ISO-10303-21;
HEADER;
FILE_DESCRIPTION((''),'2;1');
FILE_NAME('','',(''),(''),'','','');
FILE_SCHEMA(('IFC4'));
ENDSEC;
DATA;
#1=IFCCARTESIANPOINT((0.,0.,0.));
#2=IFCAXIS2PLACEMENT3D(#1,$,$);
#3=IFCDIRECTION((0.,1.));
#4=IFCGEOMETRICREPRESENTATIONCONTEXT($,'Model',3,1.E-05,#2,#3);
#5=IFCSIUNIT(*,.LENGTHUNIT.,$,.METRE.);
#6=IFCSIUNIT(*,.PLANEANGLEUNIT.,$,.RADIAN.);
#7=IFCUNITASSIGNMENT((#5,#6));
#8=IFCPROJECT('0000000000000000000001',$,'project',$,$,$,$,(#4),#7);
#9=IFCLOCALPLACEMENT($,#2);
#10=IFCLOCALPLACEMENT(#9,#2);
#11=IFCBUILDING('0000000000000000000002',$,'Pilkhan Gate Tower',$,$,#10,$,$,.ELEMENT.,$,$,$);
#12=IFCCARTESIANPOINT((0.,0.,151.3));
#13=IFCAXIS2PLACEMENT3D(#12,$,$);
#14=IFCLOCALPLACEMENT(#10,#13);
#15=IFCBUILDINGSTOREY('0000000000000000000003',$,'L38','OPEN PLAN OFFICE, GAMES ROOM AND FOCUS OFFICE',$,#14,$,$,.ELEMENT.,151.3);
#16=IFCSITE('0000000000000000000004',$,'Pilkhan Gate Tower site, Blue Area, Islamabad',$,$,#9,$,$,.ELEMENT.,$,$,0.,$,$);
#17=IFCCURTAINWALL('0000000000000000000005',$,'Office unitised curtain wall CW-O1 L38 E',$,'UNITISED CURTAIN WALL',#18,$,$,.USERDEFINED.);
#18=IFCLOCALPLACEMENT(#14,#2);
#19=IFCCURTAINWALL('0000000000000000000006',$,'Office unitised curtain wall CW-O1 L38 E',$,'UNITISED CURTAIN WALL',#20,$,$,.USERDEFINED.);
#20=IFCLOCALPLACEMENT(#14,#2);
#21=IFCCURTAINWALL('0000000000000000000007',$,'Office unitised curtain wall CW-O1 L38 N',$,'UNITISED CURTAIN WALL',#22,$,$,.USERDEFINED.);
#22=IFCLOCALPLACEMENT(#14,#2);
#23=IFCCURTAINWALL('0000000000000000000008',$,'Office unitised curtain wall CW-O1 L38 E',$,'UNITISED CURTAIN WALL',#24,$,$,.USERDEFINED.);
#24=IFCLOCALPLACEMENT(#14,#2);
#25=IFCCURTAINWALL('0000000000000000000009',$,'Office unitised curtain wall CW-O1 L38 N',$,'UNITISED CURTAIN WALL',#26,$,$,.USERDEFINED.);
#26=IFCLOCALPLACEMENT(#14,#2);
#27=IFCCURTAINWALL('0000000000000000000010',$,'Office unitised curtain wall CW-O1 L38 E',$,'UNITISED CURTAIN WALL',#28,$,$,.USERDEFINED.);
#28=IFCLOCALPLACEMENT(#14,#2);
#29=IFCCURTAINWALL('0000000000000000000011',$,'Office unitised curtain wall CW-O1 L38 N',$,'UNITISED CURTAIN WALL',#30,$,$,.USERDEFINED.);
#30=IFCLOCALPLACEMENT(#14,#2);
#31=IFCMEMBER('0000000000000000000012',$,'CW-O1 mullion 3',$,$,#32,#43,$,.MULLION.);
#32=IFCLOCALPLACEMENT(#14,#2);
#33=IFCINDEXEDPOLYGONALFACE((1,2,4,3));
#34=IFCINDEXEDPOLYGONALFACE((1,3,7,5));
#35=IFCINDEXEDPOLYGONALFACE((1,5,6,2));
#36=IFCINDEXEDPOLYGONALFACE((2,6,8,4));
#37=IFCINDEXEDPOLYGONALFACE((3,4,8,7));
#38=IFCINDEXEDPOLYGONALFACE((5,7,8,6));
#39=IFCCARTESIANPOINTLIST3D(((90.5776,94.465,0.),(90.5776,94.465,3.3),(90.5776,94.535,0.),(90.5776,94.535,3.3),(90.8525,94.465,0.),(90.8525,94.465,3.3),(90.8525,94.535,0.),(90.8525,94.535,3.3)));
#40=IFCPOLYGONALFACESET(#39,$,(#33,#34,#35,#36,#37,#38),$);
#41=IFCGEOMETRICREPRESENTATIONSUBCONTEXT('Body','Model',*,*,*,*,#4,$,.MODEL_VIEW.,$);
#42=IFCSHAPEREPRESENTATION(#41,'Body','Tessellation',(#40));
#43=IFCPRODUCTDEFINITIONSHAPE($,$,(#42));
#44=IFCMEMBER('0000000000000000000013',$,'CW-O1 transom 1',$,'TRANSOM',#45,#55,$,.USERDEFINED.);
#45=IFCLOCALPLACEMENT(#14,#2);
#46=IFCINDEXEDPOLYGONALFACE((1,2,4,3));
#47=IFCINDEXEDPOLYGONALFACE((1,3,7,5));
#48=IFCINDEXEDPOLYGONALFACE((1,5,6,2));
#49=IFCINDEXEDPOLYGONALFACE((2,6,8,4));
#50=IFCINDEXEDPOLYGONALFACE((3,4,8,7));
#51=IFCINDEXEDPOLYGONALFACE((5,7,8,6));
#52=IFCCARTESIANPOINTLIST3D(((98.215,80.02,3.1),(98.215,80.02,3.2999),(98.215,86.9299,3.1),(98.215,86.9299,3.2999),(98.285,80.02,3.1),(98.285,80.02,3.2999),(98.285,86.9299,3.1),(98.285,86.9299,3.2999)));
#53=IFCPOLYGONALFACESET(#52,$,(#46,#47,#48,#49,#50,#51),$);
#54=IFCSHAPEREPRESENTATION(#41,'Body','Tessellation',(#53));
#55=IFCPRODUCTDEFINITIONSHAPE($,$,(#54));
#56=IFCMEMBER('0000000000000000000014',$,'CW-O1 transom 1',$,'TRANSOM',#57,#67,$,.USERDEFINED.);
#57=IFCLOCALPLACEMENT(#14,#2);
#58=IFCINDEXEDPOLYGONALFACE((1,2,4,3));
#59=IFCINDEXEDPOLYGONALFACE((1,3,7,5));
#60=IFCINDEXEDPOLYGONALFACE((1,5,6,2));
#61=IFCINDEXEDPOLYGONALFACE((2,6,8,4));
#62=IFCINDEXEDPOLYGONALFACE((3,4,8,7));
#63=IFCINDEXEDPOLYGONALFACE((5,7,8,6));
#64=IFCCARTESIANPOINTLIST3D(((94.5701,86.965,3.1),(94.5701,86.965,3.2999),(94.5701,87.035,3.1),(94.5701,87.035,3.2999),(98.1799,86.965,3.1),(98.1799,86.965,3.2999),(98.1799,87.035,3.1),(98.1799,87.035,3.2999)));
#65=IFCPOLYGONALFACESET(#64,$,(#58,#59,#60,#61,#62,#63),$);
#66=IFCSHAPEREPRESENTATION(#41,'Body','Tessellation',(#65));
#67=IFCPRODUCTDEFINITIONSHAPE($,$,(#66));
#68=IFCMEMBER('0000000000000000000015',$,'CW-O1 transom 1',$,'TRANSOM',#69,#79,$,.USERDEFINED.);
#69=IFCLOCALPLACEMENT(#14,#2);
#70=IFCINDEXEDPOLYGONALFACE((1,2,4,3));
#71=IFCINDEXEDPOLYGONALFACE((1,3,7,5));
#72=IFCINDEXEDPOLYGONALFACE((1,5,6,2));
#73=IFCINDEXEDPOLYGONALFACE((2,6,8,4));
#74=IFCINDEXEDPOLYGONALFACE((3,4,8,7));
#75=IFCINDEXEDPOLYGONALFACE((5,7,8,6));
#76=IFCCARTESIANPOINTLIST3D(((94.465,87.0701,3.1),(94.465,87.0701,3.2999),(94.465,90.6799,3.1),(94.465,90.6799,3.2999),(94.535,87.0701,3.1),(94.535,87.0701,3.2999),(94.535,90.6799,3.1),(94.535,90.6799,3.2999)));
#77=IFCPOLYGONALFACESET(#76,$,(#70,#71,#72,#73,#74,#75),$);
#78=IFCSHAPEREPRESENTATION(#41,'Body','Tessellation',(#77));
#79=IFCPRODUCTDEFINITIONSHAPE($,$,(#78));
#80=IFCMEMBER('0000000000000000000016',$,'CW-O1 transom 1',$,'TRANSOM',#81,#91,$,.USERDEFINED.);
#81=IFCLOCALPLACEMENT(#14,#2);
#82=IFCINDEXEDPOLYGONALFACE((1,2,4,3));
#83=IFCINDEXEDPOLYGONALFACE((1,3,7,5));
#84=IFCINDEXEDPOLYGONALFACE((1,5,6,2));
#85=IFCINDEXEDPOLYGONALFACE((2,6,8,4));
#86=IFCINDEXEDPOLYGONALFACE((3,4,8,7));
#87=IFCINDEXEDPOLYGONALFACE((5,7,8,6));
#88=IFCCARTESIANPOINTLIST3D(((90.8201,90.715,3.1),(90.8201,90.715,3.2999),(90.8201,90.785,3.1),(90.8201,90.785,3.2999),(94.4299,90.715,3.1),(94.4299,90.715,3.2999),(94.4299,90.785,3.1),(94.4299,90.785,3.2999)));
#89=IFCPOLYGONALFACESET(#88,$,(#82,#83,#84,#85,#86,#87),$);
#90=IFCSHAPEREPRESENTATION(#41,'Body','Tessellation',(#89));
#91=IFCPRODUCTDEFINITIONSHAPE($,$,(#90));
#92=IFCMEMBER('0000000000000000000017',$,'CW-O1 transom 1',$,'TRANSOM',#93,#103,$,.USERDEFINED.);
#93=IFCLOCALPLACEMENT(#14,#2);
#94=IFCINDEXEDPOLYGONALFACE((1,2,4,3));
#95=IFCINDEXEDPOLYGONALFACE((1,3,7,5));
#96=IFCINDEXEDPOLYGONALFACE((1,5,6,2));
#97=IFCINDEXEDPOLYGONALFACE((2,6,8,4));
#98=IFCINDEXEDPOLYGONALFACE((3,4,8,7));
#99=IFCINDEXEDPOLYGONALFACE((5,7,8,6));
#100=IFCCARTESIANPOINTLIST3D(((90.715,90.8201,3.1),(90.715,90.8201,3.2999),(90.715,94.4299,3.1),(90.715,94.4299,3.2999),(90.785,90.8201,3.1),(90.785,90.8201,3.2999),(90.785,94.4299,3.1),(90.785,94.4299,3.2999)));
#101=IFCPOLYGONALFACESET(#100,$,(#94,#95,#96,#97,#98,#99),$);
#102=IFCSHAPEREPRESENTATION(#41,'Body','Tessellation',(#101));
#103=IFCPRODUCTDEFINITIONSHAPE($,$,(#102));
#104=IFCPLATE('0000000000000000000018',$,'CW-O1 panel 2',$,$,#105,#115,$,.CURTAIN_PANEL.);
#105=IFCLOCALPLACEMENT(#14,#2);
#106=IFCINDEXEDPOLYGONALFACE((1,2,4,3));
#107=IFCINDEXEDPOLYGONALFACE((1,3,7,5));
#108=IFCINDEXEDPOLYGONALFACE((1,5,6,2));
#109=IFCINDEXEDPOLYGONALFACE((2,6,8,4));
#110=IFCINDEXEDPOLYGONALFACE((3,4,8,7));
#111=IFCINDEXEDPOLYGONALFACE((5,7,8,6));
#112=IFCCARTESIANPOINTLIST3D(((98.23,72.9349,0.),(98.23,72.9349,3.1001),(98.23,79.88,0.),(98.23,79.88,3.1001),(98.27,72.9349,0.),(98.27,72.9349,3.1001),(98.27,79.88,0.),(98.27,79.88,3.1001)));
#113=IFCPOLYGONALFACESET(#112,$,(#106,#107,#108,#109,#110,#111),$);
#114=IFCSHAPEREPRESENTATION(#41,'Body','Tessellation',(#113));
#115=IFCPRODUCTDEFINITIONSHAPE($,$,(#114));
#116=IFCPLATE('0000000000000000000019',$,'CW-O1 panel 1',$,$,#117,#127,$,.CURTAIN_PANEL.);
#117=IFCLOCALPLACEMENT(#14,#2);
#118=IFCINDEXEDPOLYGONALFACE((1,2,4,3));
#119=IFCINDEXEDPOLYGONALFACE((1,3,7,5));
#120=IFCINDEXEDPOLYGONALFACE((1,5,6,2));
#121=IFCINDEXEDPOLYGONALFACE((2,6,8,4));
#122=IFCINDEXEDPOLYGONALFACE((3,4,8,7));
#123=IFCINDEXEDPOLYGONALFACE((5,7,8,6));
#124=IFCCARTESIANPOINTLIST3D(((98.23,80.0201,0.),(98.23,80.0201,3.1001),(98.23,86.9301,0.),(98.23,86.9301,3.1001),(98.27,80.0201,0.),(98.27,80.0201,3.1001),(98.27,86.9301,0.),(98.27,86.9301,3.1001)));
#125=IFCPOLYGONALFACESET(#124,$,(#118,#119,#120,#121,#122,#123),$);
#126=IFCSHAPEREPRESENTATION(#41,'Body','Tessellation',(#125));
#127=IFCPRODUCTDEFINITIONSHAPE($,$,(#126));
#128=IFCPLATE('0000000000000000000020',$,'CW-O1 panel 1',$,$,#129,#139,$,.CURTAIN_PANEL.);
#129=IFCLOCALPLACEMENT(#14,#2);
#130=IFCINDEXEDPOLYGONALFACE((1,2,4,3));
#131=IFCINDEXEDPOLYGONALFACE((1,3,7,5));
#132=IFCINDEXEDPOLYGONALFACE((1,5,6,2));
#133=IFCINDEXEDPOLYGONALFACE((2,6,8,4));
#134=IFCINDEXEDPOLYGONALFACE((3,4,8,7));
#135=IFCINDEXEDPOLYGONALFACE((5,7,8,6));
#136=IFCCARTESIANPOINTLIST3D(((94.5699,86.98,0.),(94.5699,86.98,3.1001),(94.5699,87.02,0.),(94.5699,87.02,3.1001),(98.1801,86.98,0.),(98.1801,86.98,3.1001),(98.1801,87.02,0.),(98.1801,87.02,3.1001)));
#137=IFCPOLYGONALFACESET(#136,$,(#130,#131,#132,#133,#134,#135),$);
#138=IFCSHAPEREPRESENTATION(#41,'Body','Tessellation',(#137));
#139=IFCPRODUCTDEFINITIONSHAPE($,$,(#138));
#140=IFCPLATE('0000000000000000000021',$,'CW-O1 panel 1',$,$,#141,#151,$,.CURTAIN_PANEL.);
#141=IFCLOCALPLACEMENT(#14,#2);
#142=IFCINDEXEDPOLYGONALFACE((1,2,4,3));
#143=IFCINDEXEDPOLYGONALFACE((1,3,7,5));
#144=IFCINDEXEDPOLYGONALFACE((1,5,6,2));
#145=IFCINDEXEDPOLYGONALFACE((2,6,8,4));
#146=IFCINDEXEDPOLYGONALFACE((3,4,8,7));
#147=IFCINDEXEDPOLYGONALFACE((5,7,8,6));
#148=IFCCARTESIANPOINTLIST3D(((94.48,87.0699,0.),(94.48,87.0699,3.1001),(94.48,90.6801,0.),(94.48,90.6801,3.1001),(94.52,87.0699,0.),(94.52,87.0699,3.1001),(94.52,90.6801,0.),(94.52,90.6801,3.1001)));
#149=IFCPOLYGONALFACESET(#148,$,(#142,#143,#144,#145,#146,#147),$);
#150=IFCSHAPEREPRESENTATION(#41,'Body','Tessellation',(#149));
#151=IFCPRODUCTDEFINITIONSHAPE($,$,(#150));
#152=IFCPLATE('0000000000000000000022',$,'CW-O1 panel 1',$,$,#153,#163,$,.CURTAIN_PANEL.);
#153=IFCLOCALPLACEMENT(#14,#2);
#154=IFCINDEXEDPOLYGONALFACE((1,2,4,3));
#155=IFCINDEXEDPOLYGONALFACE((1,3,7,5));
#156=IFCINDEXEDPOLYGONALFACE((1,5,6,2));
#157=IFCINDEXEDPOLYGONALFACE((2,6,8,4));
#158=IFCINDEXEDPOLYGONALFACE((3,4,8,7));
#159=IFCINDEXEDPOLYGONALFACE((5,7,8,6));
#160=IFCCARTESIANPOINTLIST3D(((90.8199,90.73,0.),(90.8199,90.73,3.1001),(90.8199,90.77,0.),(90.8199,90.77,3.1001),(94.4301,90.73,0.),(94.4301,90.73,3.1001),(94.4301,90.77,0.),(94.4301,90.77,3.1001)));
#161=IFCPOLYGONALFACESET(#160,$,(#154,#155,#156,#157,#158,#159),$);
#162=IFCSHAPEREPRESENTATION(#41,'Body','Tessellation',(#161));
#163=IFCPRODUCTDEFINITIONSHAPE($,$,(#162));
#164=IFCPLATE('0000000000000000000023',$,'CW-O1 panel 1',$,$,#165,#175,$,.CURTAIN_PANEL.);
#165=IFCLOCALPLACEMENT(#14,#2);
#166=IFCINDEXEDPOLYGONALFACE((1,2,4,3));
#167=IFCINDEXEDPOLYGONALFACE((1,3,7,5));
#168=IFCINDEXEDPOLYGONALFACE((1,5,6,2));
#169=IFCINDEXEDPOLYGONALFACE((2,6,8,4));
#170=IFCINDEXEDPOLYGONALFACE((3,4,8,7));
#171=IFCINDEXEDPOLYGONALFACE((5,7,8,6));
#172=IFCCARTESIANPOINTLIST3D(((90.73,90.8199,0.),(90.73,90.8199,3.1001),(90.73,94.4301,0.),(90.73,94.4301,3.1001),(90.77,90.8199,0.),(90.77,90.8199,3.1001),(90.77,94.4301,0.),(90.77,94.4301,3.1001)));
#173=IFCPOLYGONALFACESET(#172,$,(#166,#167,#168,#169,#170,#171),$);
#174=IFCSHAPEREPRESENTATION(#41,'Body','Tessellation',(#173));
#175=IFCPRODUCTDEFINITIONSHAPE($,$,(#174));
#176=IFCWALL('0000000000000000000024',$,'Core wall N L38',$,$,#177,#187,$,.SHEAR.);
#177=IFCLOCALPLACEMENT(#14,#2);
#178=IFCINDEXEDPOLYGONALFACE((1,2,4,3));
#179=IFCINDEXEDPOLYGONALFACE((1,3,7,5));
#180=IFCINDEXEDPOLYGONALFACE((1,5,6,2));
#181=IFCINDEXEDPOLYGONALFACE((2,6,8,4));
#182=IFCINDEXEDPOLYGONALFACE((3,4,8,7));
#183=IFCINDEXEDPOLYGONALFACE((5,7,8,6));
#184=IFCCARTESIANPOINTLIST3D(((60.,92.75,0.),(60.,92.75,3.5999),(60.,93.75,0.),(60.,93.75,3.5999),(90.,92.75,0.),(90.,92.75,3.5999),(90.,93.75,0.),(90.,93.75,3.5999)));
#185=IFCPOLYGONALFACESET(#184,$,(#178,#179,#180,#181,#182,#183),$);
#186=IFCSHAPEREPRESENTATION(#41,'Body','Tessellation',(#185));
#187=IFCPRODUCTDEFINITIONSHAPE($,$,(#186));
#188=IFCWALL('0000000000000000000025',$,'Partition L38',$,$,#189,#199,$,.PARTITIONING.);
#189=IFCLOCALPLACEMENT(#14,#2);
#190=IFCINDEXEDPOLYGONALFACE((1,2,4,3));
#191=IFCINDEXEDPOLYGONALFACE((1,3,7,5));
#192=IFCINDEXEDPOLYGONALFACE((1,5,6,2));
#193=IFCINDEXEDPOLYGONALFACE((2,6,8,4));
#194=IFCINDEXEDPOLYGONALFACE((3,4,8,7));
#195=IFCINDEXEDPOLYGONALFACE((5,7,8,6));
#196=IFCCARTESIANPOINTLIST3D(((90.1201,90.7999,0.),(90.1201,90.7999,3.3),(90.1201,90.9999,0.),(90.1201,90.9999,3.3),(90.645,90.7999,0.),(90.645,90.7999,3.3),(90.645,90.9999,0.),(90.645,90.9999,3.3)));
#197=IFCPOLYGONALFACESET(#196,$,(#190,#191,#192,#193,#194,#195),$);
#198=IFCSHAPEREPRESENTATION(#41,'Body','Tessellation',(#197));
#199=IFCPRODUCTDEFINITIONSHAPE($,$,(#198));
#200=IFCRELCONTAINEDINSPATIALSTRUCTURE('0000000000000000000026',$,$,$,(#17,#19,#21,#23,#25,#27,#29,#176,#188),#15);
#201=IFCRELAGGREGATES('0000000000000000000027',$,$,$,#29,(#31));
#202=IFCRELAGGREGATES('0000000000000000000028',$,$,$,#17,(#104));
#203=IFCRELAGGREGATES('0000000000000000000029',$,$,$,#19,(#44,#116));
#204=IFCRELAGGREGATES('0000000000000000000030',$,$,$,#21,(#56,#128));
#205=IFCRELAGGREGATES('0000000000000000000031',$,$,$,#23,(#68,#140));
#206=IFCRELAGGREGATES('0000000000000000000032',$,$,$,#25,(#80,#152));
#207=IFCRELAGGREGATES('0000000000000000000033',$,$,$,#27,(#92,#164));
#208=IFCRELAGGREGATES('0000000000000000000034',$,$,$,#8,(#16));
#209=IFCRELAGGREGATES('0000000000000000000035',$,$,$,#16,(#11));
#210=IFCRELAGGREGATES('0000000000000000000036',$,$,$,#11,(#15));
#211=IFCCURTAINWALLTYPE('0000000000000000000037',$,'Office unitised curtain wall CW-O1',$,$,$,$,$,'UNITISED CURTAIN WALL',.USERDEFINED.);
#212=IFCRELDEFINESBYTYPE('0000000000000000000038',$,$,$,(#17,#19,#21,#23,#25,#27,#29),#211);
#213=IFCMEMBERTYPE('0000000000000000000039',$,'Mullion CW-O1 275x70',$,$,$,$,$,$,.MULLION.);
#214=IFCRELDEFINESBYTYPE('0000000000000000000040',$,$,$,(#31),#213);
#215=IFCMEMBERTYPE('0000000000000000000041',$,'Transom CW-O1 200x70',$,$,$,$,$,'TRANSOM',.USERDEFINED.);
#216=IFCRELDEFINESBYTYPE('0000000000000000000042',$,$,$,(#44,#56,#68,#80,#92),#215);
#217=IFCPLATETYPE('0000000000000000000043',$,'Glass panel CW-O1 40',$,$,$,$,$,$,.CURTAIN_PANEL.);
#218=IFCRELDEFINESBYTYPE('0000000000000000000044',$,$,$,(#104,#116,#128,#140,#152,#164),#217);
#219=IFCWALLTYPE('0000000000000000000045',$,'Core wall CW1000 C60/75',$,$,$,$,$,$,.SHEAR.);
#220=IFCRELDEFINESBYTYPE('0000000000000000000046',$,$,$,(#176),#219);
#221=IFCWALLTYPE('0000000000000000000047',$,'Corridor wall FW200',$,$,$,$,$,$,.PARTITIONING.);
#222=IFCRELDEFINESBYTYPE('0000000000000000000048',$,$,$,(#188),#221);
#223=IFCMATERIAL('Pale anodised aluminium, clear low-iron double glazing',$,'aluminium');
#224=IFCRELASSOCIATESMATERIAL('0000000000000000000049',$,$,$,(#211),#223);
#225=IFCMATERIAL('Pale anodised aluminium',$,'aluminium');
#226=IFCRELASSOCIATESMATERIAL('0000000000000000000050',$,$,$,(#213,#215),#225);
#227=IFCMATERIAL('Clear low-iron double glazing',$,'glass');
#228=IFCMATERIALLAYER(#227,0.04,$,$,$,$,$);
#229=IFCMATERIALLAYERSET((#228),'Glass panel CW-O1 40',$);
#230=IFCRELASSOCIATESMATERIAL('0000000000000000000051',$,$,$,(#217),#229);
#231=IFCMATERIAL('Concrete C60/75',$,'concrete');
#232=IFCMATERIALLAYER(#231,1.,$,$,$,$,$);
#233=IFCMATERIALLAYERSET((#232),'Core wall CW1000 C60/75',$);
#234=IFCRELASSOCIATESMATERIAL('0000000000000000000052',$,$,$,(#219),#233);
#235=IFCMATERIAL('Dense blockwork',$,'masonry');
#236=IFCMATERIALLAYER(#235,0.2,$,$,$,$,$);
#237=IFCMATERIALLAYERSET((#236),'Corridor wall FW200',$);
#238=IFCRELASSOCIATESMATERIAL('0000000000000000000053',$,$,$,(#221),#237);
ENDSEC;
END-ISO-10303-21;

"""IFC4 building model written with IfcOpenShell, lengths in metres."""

from ifc_helpers import new_model, si_unit, direction, frame, frame_2d, origin, origin_2d, place, context, subcontext, project, spatial, rectangle, extrude, material, layer, layer_set, material_profile, profile_set, type_object, element, aggregate, save


model = new_model("IFC4")

# Units and contexts
model_context = context("Model", 3, precision=1e-05, world=origin(), true_north=direction((0.0, 1.0)))
body_context = subcontext(model_context, "Body", "Model", "MODEL_VIEW")
ifc_project = project(units=[si_unit("LENGTHUNIT", "METRE"), si_unit("PLANEANGLEUNIT", "RADIAN")], contexts=[model_context])

# Site, building, storey
site_placement = place(None, origin())
site = spatial("IfcSite", under=ifc_project, at=site_placement, Name="Pilkhan Gate Tower site, Blue Area, Islamabad", CompositionType="ELEMENT", RefElevation=0.0)
building_placement = place(site_placement, origin())
building = spatial("IfcBuilding", under=site, at=building_placement, Name="Pilkhan Gate Tower", CompositionType="ELEMENT")
storey_placement = place(building_placement, frame((0.0, 0.0, 151.3)))
storey = spatial("IfcBuildingStorey", under=building, at=storey_placement, Name="L38", Description="OPEN PLAN OFFICE, GAMES ROOM AND FOCUS OFFICE", CompositionType="ELEMENT", Elevation=151.3)

# Shared definitions
ifc_material_1 = material(Name="Concrete C60/75", Category="concrete")

# Curtain wall
ifc_material_2 = material(Name="Pale anodised aluminium, clear low-iron double glazing", Category="aluminium")
curtain_wall_type = type_object("IfcCurtainWallType", Name="Office unitised curtain wall CW-O1", ElementType="UNITISED CURTAIN WALL", PredefinedType="USERDEFINED", material=ifc_material_2)
curtain_wall_1_placement = place(storey_placement, origin())
curtain_wall_1 = element("IfcCurtainWall", 1, at=curtain_wall_1_placement, inside=storey, type_object=curtain_wall_type, Name="Office unitised curtain wall CW-O1 L38 E", ObjectType="UNITISED CURTAIN WALL", PredefinedType="USERDEFINED")
ifc_material_3 = material(Name="Pale anodised aluminium", Category="aluminium")
ifc_material_profile_1 = material_profile(ifc_material_3, rectangle(XDim=0.0701, YDim=0.2749, at=origin_2d()), Name="Mullion 275x70")
ifc_profile_set_1 = profile_set([ifc_material_profile_1], Name="Pale anodised aluminium")
member_type_1 = type_object("IfcMemberType", Name="Mullion CW-O1 275x70", PredefinedType="MULLION", material=ifc_profile_set_1)

# Curtain walls
curtain_wall_2_placement = place(storey_placement, origin())
curtain_wall_2 = element("IfcCurtainWall", 2, at=curtain_wall_2_placement, inside=storey, type_object=curtain_wall_type, Name="Office unitised curtain wall CW-O1 L38 E", ObjectType="UNITISED CURTAIN WALL", PredefinedType="USERDEFINED")
curtain_wall_3_placement = place(storey_placement, origin())
curtain_wall_3 = element("IfcCurtainWall", 3, at=curtain_wall_3_placement, inside=storey, type_object=curtain_wall_type, Name="Office unitised curtain wall CW-O1 L38 N", ObjectType="UNITISED CURTAIN WALL", PredefinedType="USERDEFINED")
curtain_wall_4_placement = place(storey_placement, origin())
curtain_wall_4 = element("IfcCurtainWall", 4, at=curtain_wall_4_placement, inside=storey, type_object=curtain_wall_type, Name="Office unitised curtain wall CW-O1 L38 E", ObjectType="UNITISED CURTAIN WALL", PredefinedType="USERDEFINED")
curtain_wall_5_placement = place(storey_placement, origin())
curtain_wall_5 = element("IfcCurtainWall", 5, at=curtain_wall_5_placement, inside=storey, type_object=curtain_wall_type, Name="Office unitised curtain wall CW-O1 L38 N", ObjectType="UNITISED CURTAIN WALL", PredefinedType="USERDEFINED")
curtain_wall_6_placement = place(storey_placement, origin())
curtain_wall_6 = element("IfcCurtainWall", 6, at=curtain_wall_6_placement, inside=storey, type_object=curtain_wall_type, Name="Office unitised curtain wall CW-O1 L38 E", ObjectType="UNITISED CURTAIN WALL", PredefinedType="USERDEFINED")

# Curtain wall, member
curtain_wall_7_placement = place(storey_placement, origin())
curtain_wall_7 = element("IfcCurtainWall", 7, at=curtain_wall_7_placement, inside=storey, type_object=curtain_wall_type, Name="Office unitised curtain wall CW-O1 L38 N", ObjectType="UNITISED CURTAIN WALL", PredefinedType="USERDEFINED")
member_1_placement = place(storey_placement, frame((90.7151, 94.5, 0.0), z_axis=(0.0, 0.0, 1.0), x_axis=(0.0, 1.0, 0.0)))
member_1 = element("IfcMember", 8, at=member_1_placement, type_object=member_type_1, Name="CW-O1 mullion 3", PredefinedType="MULLION", context=body_context, shape_type="SweptSolid", body=[
    extrude(rectangle(XDim=0.0701, YDim=0.2749, at=origin_2d()), origin(), (0.0, 0.0, 1.0), 3.3),
])
aggregate(curtain_wall_7, [member_1])

# Members
ifc_material_profile_2 = material_profile(ifc_material_3, rectangle(XDim=0.0701, YDim=0.2, at=origin_2d()), Name="Transom 200x70")
ifc_profile_set_2 = profile_set([ifc_material_profile_2], Name="Pale anodised aluminium")
member_type_2 = type_object("IfcMemberType", Name="Transom CW-O1 200x70", ElementType="TRANSOM", PredefinedType="USERDEFINED", material=ifc_profile_set_2)
member_2_placement = place(storey_placement, frame((98.25, 80.02, 3.2), z_axis=(0.0, 1.0, 0.0), x_axis=(-1.0, 0.0, 0.0)))
member_2 = element("IfcMember", 9, at=member_2_placement, type_object=member_type_2, Name="CW-O1 transom 1", ObjectType="TRANSOM", PredefinedType="USERDEFINED", context=body_context, shape_type="SweptSolid", body=[
    extrude(rectangle(XDim=0.0701, YDim=0.2, at=origin_2d()), origin(), (0.0, 0.0, 1.0), 6.9099),
])
member_3_placement = place(storey_placement, frame((94.5701, 87.0, 3.2), z_axis=(1.0, 0.0, 0.0), x_axis=(0.0, 1.0, 0.0)))
member_3 = element("IfcMember", 10, at=member_3_placement, type_object=member_type_2, Name="CW-O1 transom 1", ObjectType="TRANSOM", PredefinedType="USERDEFINED", context=body_context, shape_type="SweptSolid", body=[
    extrude(rectangle(XDim=0.0701, YDim=0.2, at=origin_2d()), origin(), (0.0, 0.0, 1.0), 3.6099),
])
member_4_placement = place(storey_placement, frame((94.5, 87.0701, 3.2), z_axis=(0.0, 1.0, 0.0), x_axis=(-1.0, 0.0, 0.0)))
member_4 = element("IfcMember", 11, at=member_4_placement, type_object=member_type_2, Name="CW-O1 transom 1", ObjectType="TRANSOM", PredefinedType="USERDEFINED", context=body_context, shape_type="SweptSolid", body=[
    extrude(rectangle(XDim=0.0701, YDim=0.2, at=origin_2d()), origin(), (0.0, 0.0, 1.0), 3.6099),
])
member_5_placement = place(storey_placement, frame((90.8201, 90.75, 3.2), z_axis=(1.0, 0.0, 0.0), x_axis=(0.0, 1.0, 0.0)))
member_5 = element("IfcMember", 12, at=member_5_placement, type_object=member_type_2, Name="CW-O1 transom 1", ObjectType="TRANSOM", PredefinedType="USERDEFINED", context=body_context, shape_type="SweptSolid", body=[
    extrude(rectangle(XDim=0.0701, YDim=0.2, at=origin_2d()), origin(), (0.0, 0.0, 1.0), 3.6099),
])
member_6_placement = place(storey_placement, frame((90.75, 90.8201, 3.2), z_axis=(0.0, 1.0, 0.0), x_axis=(-1.0, 0.0, 0.0)))
member_6 = element("IfcMember", 13, at=member_6_placement, type_object=member_type_2, Name="CW-O1 transom 1", ObjectType="TRANSOM", PredefinedType="USERDEFINED", context=body_context, shape_type="SweptSolid", body=[
    extrude(rectangle(XDim=0.0701, YDim=0.2, at=origin_2d()), origin(), (0.0, 0.0, 1.0), 3.6099),
])

# Plates
ifc_material_4 = material(Name="Clear low-iron double glazing", Category="glass")
ifc_layer_1 = layer(ifc_material_4, 0.04)
ifc_layer_set_1 = layer_set([ifc_layer_1], Name="Glass panel CW-O1 40")
plate_type = type_object("IfcPlateType", Name="Glass panel CW-O1 40", PredefinedType="CURTAIN_PANEL", material=ifc_layer_set_1)
plate_1_placement = place(storey_placement, frame((98.25, 76.4075, 0.0), z_axis=(0.0, 0.0, 1.0), x_axis=(0.0, 1.0, 0.0)))
plate_1 = element("IfcPlate", 14, at=plate_1_placement, type_object=plate_type, Name="CW-O1 panel 2", PredefinedType="CURTAIN_PANEL", context=body_context, shape_type="SweptSolid", body=[
    extrude(rectangle(XDim=6.9451, YDim=0.04, at=origin_2d()), origin(), (0.0, 0.0, 1.0), 3.1001),
])
aggregate(curtain_wall_1, [plate_1])
plate_2_placement = place(storey_placement, frame((98.25, 83.4751, 0.0), z_axis=(0.0, 0.0, 1.0), x_axis=(0.0, 1.0, 0.0)))
plate_2 = element("IfcPlate", 15, at=plate_2_placement, type_object=plate_type, Name="CW-O1 panel 1", PredefinedType="CURTAIN_PANEL", context=body_context, shape_type="SweptSolid", body=[
    extrude(rectangle(XDim=6.9099, YDim=0.04, at=origin_2d()), origin(), (0.0, 0.0, 1.0), 3.1001),
])
aggregate(curtain_wall_2, [member_2, plate_2])
plate_3_placement = place(storey_placement, frame((96.375, 87.0, 0.0), z_axis=(0.0, 0.0, 1.0), x_axis=(1.0, 0.0, 0.0)))
plate_3 = element("IfcPlate", 16, at=plate_3_placement, type_object=plate_type, Name="CW-O1 panel 1", PredefinedType="CURTAIN_PANEL", context=body_context, shape_type="SweptSolid", body=[
    extrude(rectangle(XDim=3.6101, YDim=0.04, at=origin_2d()), origin(), (0.0, 0.0, 1.0), 3.1001),
])
aggregate(curtain_wall_3, [member_3, plate_3])
plate_4_placement = place(storey_placement, frame((94.5, 88.875, 0.0), z_axis=(0.0, 0.0, 1.0), x_axis=(0.0, 1.0, 0.0)))
plate_4 = element("IfcPlate", 17, at=plate_4_placement, type_object=plate_type, Name="CW-O1 panel 1", PredefinedType="CURTAIN_PANEL", context=body_context, shape_type="SweptSolid", body=[
    extrude(rectangle(XDim=3.6101, YDim=0.04, at=origin_2d()), origin(), (0.0, 0.0, 1.0), 3.1001),
])
aggregate(curtain_wall_4, [member_4, plate_4])
plate_5_placement = place(storey_placement, frame((92.625, 90.75, 0.0), z_axis=(0.0, 0.0, 1.0), x_axis=(1.0, 0.0, 0.0)))
plate_5 = element("IfcPlate", 18, at=plate_5_placement, type_object=plate_type, Name="CW-O1 panel 1", PredefinedType="CURTAIN_PANEL", context=body_context, shape_type="SweptSolid", body=[
    extrude(rectangle(XDim=3.6101, YDim=0.04, at=origin_2d()), origin(), (0.0, 0.0, 1.0), 3.1001),
])
aggregate(curtain_wall_5, [member_5, plate_5])
plate_6_placement = place(storey_placement, frame((90.75, 92.625, 0.0), z_axis=(0.0, 0.0, 1.0), x_axis=(0.0, 1.0, 0.0)))
plate_6 = element("IfcPlate", 19, at=plate_6_placement, type_object=plate_type, Name="CW-O1 panel 1", PredefinedType="CURTAIN_PANEL", context=body_context, shape_type="SweptSolid", body=[
    extrude(rectangle(XDim=3.6101, YDim=0.04, at=origin_2d()), origin(), (0.0, 0.0, 1.0), 3.1001),
])
aggregate(curtain_wall_6, [member_6, plate_6])

# Walls
ifc_layer_2 = layer(ifc_material_1, 1.0)
ifc_layer_set_2 = layer_set([ifc_layer_2], Name="Core wall CW1000 C60/75")
wall_type_1 = type_object("IfcWallType", Name="Core wall CW1000 C60/75", PredefinedType="SHEAR", material=ifc_layer_set_2)
wall_1_placement = place(storey_placement, frame((90.0, 93.25, 0.0), z_axis=(0.0, 0.0, 1.0), x_axis=(-1.0, 0.0, 0.0)))
element("IfcWall", 20, at=wall_1_placement, inside=storey, type_object=wall_type_1, Name="Core wall N L38", PredefinedType="SHEAR", context=body_context, shape_type="SweptSolid", body=[
    extrude(rectangle(XDim=30.0, YDim=1.0, at=frame_2d((15.0, 0.0))), origin(), (0.0, 0.0, 1.0), 3.5999),
])
ifc_material_5 = material(Name="Dense blockwork", Category="masonry")
ifc_layer_3 = layer(ifc_material_5, 0.2)
ifc_layer_set_3 = layer_set([ifc_layer_3], Name="Corridor wall FW200")
wall_type_2 = type_object("IfcWallType", Name="Corridor wall FW200", PredefinedType="PARTITIONING", material=ifc_layer_set_3)
wall_2_placement = place(storey_placement, frame((90.1201, 90.8999, 0.0), z_axis=(0.0, 0.0, 1.0), x_axis=(1.0, 0.0, 0.0)))
element("IfcWall", 21, at=wall_2_placement, inside=storey, type_object=wall_type_2, Name="Partition L38", PredefinedType="PARTITIONING", context=body_context, shape_type="SweptSolid", body=[
    extrude(rectangle(XDim=0.5249, YDim=0.2, at=frame_2d((0.2625, 0.0))), origin(), (0.0, 0.0, 1.0), 3.3),
])

save(model, "model.ifc")
